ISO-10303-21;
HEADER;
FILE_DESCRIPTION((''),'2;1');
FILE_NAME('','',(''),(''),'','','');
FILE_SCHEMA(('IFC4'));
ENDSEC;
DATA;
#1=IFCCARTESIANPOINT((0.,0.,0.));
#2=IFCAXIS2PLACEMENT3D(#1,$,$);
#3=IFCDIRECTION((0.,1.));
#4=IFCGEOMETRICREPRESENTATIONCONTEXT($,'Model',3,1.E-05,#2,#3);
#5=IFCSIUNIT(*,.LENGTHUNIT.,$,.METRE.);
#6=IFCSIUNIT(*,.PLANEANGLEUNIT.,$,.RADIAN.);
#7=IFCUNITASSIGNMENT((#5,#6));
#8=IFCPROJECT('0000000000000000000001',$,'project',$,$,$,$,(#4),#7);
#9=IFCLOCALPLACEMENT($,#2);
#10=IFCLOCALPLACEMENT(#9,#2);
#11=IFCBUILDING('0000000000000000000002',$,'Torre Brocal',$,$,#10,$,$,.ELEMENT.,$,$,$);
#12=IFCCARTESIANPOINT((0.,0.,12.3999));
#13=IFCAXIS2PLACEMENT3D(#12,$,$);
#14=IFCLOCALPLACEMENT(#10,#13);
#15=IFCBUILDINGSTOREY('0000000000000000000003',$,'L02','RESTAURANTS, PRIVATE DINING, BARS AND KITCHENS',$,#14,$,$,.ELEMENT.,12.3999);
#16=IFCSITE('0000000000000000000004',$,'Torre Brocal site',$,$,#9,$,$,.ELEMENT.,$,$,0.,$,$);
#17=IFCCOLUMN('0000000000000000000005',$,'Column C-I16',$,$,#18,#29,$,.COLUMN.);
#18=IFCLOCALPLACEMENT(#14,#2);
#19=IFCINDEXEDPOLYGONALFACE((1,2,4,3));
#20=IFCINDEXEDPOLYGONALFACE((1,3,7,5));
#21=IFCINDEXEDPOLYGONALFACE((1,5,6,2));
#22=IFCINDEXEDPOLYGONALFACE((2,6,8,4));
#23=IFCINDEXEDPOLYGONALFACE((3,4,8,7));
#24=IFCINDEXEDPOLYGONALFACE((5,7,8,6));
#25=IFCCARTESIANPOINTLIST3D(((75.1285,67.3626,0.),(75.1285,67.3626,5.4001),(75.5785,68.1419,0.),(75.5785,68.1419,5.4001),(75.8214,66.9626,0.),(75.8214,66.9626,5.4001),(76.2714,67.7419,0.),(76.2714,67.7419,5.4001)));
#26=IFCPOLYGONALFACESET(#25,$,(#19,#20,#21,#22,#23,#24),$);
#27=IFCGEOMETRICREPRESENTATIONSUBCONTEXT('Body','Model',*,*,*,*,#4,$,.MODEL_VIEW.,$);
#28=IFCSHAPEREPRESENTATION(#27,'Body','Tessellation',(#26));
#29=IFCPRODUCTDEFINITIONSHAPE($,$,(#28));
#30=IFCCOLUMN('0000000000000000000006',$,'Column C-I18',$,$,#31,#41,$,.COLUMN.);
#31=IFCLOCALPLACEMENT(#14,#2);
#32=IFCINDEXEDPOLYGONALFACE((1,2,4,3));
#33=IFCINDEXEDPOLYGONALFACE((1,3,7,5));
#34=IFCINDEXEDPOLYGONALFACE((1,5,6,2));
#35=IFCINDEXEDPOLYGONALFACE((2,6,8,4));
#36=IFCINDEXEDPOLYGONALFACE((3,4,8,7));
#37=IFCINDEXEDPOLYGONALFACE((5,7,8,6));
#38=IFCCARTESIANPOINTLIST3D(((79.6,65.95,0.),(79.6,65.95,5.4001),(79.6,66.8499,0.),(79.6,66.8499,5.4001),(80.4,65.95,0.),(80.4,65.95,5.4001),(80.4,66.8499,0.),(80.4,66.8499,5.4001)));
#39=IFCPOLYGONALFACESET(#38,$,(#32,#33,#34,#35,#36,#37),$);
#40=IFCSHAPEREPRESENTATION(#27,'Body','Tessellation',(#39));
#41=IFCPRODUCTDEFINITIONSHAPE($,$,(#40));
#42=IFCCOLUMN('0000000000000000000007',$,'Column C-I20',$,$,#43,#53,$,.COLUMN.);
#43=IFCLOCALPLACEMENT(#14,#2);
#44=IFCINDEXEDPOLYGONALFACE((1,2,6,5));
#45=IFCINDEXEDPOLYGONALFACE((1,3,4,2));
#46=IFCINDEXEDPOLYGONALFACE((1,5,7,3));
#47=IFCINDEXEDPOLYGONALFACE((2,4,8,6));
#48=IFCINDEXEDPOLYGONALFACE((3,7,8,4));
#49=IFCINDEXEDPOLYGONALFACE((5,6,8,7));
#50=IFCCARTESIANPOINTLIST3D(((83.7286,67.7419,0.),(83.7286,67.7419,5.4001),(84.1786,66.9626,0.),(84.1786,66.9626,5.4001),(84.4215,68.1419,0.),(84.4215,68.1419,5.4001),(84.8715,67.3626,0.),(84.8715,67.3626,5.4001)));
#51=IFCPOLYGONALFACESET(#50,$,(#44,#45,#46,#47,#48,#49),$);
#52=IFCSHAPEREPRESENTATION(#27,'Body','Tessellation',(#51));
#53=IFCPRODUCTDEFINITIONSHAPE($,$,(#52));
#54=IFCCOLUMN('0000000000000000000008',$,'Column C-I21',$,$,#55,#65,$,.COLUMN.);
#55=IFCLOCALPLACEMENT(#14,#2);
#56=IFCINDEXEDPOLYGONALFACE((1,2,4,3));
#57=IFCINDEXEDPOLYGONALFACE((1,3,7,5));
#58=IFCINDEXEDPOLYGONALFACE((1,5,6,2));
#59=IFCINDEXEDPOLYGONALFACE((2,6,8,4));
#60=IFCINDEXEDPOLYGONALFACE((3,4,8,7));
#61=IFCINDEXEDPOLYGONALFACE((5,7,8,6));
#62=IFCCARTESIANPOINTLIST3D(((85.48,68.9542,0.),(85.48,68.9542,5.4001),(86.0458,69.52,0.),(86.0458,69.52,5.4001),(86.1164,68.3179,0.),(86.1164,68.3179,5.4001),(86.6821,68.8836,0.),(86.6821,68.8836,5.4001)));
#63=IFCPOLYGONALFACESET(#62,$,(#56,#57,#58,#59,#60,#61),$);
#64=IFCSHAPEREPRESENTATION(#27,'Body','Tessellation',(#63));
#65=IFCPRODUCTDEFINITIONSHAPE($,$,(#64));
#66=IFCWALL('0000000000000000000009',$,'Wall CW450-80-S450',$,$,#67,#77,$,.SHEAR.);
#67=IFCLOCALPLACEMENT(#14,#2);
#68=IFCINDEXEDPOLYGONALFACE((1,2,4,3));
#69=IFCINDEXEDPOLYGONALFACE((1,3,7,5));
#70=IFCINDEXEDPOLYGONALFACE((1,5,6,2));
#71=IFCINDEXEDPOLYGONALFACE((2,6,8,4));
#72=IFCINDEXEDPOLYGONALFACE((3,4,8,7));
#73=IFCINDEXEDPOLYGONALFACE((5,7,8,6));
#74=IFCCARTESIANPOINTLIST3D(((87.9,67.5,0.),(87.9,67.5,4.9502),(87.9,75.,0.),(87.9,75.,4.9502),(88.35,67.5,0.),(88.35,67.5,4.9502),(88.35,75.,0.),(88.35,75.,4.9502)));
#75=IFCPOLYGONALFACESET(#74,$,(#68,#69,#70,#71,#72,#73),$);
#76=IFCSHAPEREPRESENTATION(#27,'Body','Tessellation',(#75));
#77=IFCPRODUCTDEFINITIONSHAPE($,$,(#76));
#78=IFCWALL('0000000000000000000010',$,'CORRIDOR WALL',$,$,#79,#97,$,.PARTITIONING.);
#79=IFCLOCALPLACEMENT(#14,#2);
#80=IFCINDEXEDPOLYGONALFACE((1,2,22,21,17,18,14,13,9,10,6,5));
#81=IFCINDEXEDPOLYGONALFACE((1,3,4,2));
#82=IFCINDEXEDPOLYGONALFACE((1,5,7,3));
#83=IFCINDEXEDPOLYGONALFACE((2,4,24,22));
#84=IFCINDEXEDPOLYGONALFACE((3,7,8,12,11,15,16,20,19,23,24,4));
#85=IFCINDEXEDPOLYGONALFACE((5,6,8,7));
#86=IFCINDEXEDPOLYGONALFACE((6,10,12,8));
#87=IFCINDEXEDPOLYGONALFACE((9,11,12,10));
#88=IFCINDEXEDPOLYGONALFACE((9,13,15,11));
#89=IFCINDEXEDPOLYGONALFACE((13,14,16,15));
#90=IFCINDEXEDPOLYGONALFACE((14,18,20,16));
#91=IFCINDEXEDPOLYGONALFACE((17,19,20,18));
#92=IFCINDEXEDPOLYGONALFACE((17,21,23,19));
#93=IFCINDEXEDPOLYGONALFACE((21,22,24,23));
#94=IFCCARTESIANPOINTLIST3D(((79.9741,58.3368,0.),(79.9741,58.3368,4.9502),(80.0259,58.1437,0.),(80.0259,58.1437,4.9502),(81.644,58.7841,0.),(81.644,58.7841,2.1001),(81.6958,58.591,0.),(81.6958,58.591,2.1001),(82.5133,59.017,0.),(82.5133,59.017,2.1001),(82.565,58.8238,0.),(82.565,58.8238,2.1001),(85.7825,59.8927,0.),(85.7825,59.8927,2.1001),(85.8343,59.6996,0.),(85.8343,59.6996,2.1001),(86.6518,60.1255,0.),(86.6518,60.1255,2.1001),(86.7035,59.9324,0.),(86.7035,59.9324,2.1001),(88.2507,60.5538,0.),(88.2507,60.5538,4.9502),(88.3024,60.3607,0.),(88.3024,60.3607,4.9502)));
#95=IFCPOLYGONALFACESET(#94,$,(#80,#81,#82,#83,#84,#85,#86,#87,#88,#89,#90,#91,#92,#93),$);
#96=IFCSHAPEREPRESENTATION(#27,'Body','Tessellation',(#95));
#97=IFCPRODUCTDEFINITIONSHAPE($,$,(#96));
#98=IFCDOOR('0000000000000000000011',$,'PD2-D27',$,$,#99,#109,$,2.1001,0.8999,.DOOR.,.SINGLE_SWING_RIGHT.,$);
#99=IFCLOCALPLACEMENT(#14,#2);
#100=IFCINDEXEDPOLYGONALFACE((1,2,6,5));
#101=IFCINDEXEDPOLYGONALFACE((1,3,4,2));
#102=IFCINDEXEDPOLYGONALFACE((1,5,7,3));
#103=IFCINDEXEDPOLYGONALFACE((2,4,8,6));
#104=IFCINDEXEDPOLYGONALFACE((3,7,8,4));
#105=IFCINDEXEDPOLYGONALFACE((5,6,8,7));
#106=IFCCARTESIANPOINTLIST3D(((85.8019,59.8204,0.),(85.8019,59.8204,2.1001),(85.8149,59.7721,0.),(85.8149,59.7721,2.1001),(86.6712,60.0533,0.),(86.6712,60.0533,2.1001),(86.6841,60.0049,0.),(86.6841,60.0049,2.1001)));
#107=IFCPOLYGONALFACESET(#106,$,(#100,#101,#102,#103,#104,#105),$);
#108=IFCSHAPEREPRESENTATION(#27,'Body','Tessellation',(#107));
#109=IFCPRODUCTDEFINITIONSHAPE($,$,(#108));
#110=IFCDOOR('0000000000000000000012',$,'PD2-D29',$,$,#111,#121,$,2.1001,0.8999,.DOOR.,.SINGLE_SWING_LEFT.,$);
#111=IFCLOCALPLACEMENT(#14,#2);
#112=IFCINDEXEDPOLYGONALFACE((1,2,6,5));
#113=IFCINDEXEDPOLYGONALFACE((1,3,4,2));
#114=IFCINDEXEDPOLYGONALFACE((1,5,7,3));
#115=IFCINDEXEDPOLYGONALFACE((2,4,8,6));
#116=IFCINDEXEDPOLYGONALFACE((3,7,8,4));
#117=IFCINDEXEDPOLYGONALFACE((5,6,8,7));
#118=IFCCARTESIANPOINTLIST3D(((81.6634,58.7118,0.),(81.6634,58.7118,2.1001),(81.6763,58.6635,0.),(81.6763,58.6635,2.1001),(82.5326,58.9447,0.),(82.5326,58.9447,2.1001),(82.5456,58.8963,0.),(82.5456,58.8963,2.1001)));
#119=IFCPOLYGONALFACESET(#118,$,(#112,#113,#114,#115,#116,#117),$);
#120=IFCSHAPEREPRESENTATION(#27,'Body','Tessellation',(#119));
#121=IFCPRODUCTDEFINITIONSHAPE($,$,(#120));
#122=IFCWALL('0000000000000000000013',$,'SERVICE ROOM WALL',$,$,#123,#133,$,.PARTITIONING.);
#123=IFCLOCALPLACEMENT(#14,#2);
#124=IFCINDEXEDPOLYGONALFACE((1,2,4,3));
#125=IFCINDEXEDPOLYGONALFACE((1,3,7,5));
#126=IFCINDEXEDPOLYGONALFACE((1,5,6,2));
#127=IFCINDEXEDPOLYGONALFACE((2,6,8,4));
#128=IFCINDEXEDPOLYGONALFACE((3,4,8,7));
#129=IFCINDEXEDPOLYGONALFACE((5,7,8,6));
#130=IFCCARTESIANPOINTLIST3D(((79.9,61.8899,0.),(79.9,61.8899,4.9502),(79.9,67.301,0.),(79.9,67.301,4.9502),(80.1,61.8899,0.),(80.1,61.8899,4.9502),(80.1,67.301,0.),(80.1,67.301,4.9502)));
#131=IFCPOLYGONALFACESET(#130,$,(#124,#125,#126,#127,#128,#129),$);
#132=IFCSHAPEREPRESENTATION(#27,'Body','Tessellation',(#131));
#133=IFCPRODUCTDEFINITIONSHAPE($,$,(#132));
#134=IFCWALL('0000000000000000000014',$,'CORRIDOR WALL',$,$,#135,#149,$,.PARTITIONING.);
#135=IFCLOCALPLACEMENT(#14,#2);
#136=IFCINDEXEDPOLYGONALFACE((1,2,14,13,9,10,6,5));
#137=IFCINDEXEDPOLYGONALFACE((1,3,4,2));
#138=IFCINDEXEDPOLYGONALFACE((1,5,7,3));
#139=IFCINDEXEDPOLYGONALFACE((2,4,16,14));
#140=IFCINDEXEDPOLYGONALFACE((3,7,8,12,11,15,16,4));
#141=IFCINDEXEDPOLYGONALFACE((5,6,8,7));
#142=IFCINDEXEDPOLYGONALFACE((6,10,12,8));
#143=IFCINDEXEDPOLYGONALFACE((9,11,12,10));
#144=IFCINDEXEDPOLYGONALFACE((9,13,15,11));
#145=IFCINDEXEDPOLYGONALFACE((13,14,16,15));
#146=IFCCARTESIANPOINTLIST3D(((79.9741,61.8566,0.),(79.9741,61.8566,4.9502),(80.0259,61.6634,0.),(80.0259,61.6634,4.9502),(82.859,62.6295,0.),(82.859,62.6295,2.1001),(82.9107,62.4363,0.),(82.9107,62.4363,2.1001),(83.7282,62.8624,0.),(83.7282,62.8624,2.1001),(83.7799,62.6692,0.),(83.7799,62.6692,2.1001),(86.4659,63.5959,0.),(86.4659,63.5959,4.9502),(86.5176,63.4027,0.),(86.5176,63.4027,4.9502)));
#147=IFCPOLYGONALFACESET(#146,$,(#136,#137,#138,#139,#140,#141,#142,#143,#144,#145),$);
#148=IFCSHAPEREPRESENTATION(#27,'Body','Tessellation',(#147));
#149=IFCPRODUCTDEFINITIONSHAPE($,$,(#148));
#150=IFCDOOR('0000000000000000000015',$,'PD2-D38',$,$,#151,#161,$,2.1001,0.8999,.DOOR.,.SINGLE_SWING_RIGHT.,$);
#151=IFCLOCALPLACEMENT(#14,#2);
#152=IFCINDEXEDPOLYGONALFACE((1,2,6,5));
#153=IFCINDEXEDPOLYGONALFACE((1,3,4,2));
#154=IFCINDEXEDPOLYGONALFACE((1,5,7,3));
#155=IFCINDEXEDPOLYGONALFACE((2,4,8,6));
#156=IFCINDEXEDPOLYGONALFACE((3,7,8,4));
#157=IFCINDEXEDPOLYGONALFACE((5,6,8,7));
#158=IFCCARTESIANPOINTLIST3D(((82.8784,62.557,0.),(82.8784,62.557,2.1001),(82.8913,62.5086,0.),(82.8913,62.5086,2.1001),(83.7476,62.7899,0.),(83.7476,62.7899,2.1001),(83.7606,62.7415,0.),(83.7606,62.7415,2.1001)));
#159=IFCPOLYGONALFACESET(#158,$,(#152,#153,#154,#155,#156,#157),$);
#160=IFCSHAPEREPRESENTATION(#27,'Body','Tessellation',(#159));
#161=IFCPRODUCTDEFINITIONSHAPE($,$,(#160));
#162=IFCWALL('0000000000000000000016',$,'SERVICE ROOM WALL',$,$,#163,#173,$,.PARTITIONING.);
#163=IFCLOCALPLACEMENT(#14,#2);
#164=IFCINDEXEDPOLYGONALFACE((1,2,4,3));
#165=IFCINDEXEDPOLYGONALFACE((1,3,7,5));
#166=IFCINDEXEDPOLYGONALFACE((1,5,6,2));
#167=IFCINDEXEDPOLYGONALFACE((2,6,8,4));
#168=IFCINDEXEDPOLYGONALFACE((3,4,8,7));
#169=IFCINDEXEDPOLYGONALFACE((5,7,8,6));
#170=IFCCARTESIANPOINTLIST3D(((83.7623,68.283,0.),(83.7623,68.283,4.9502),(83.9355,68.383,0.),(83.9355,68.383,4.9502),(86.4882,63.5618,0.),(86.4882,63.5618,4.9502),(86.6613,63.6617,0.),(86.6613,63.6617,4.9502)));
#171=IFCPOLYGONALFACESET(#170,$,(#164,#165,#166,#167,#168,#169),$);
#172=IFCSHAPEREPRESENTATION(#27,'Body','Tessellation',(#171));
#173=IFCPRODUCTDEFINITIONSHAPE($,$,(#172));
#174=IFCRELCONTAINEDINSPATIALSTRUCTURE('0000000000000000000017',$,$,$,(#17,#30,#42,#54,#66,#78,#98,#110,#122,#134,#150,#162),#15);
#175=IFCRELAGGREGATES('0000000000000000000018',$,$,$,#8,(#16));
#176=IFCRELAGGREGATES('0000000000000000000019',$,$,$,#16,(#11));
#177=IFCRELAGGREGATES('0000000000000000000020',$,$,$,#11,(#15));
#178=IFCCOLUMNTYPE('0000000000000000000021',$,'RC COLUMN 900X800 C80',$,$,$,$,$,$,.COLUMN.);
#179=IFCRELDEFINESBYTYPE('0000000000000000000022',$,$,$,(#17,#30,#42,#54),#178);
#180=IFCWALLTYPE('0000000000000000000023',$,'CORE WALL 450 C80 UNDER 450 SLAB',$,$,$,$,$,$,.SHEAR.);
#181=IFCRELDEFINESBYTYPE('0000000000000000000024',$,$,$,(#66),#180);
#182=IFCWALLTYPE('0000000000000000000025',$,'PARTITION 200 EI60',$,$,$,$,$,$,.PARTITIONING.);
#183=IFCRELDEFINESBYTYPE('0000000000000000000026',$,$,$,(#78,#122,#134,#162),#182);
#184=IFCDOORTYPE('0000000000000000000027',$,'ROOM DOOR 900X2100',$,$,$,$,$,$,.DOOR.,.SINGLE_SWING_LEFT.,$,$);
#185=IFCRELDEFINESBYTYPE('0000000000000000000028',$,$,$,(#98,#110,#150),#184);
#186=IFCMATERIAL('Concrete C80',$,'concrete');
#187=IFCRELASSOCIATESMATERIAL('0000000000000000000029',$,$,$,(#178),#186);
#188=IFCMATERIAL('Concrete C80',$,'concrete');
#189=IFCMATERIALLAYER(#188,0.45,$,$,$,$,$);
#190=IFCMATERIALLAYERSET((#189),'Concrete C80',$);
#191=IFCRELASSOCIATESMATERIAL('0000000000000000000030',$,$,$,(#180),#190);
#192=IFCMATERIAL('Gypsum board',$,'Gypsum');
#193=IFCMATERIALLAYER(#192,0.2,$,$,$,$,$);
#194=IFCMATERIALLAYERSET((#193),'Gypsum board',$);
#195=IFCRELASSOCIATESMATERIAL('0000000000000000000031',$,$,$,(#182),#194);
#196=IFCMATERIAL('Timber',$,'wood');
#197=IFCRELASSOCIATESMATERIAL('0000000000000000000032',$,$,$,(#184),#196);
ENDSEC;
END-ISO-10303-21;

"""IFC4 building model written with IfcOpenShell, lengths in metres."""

from ifc_helpers import new_model, si_unit, direction, frame, frame_2d, origin, origin_2d, place, context, subcontext, project, spatial, rectangle, extrude, material, layer, layer_set, material_profile, profile_set, type_object, element, fill, save


model = new_model("IFC4")

# Units and contexts
model_context = context("Model", 3, precision=1e-05, world=origin(), true_north=direction((0.0, 1.0)))
body_context = subcontext(model_context, "Body", "Model", "MODEL_VIEW")
ifc_project = project(units=[si_unit("LENGTHUNIT", "METRE"), si_unit("PLANEANGLEUNIT", "RADIAN")], contexts=[model_context])

# Site, building, storey
site_placement = place(None, origin())
site = spatial("IfcSite", under=ifc_project, at=site_placement, Name="Torre Brocal site", CompositionType="ELEMENT", RefElevation=0.0)
building_placement = place(site_placement, origin())
building = spatial("IfcBuilding", under=site, at=building_placement, Name="Torre Brocal", CompositionType="ELEMENT")
storey_placement = place(building_placement, frame((0.0, 0.0, 12.3999)))
storey = spatial("IfcBuildingStorey", under=building, at=storey_placement, Name="L02", Description="RESTAURANTS, PRIVATE DINING, BARS AND KITCHENS", CompositionType="ELEMENT", Elevation=12.3999)

# Columns
ifc_material_1 = material(Name="Concrete C80", Category="concrete")
ifc_material_profile = material_profile(ifc_material_1, rectangle(XDim=0.8999, YDim=0.8, at=origin_2d()), Name="RC 900X800")
ifc_profile_set = profile_set([ifc_material_profile], Name="Concrete C80")
column_type = type_object("IfcColumnType", Name="RC COLUMN 900X800 C80", PredefinedType="COLUMN", material=ifc_profile_set)
for number, where, z_axis, x_axis, name in (
    (1, (75.7, 67.5522, 0.0), (0.0, 0.0, 1.0), (-0.5, -0.866025, 0.0), "Column C-I16"),
    (2, (80.0, 66.3999, 0.0), (0.0, 0.0, 1.0), (0.0, -1.0, 0.0), "Column C-I18"),
    (3, (84.3, 67.5522, 0.0), (0.0, 0.0, 1.0), (0.5, -0.866025, 0.0), "Column C-I20"),
    (4, (86.0811, 68.9189, 0.0), (0.0, 0.0, 1.0), (0.707107, -0.707107, 0.0), "Column C-I21"),
):
    element("IfcColumn", number, at=place(storey_placement, frame(where, z_axis=z_axis, x_axis=x_axis)), inside=storey, type_object=column_type, Name=name, PredefinedType="COLUMN", context=body_context, shape_type="SweptSolid", body=[
        extrude(rectangle(XDim=0.8999, YDim=0.8, at=origin_2d()), origin(), (0.0, 0.0, 1.0), 5.4001),
    ])

# Wall
ifc_material_2 = material(Name="Concrete C80", Category="concrete")
ifc_layer_1 = layer(ifc_material_2, 0.45)
ifc_layer_set_1 = layer_set([ifc_layer_1], Name="Concrete C80")
wall_type_1 = type_object("IfcWallType", Name="CORE WALL 450 C80 UNDER 450 SLAB", PredefinedType="SHEAR", material=ifc_layer_set_1)
wall_1_placement = place(storey_placement, frame((88.125, 67.5, 0.0), z_axis=(0.0, 0.0, 1.0), x_axis=(0.0, 1.0, 0.0)))
element("IfcWall", 5, at=wall_1_placement, inside=storey, type_object=wall_type_1, Name="Wall CW450-80-S450", PredefinedType="SHEAR", context=body_context, shape_type="SweptSolid", body=[
    extrude(rectangle(XDim=7.5, YDim=0.45, at=frame_2d((3.75, 0.0))), origin(), (0.0, 0.0, 1.0), 4.9502),
])

# Wall, openings, doors
ifc_material_3 = material(Name="Gypsum board", Category="Gypsum")
ifc_layer_2 = layer(ifc_material_3, 0.2)
ifc_layer_set_2 = layer_set([ifc_layer_2], Name="Gypsum board")
wall_type_2 = type_object("IfcWallType", Name="PARTITION 200 EI60", PredefinedType="PARTITIONING", material=ifc_layer_set_2)
wall_2_placement = place(storey_placement, frame((80.0, 58.2402, 0.0), z_axis=(0.0, 0.0, 1.0), x_axis=(0.965945, 0.258746, 0.0)))
wall_2 = element("IfcWall", 6, at=wall_2_placement, inside=storey, type_object=wall_type_2, Name="CORRIDOR WALL", PredefinedType="PARTITIONING", context=body_context, shape_type="SweptSolid", body=[
    extrude(rectangle(XDim=8.5684, YDim=0.2, at=frame_2d((4.2842, 0.0))), origin(), (0.0, 0.0, 1.0), 4.9502),
])
opening_1_placement = place(wall_2_placement, frame((6.0132, 0.0, 0.0)))
opening_1 = element("IfcOpeningElement", 7, at=opening_1_placement, cuts=wall_2, PredefinedType="OPENING", context=body_context, shape_type="SweptSolid", body=[
    extrude(rectangle(XDim=0.8999, YDim=2.1001, at=frame_2d((0.45, 1.05))), frame((0.0, 0.1099, 0.0), z_axis=(0.0, -1.0, 0.0), x_axis=(1.0, 0.0, 0.0)), (0.0, 0.0, 1.0), 0.22),
])
opening_2_placement = place(wall_2_placement, frame((1.7288, 0.0, 0.0)))
opening_2 = element("IfcOpeningElement", 8, at=opening_2_placement, cuts=wall_2, PredefinedType="OPENING", context=body_context, shape_type="SweptSolid", body=[
    extrude(rectangle(XDim=0.8999, YDim=2.1001, at=frame_2d((0.45, 1.05))), frame((0.0, 0.1099, 0.0), z_axis=(0.0, -1.0, 0.0), x_axis=(1.0, 0.0, 0.0)), (0.0, 0.0, 1.0), 0.22),
])
ifc_material_4 = material(Name="Timber", Category="wood")
door_type_1 = type_object("IfcDoorType", Name="ROOM DOOR 900X2100", OperationType="SINGLE_SWING_LEFT", PredefinedType="DOOR", material=ifc_material_4)
door_1_placement = place(opening_1_placement, frame((0.8999, 0.0, 0.0), z_axis=(0.0, 0.0, 1.0), x_axis=(-1.0, 0.0, 0.0)))
door_1 = element("IfcDoor", 9, at=door_1_placement, inside=storey, type_object=door_type_1, Name="PD2-D27", OperationType="SINGLE_SWING_RIGHT", OverallHeight=2.1001, OverallWidth=0.8999, PredefinedType="DOOR", context=body_context, shape_type="SweptSolid", body=[
    extrude(rectangle(XDim=0.8999, YDim=2.1001, at=frame_2d((0.45, 1.05))), frame((0.0, 0.0249, 0.0), z_axis=(0.0, -1.0, 0.0), x_axis=(1.0, 0.0, 0.0)), (0.0, 0.0, 1.0), 0.05),
])
fill(opening_1, door_1)
door_2_placement = place(opening_2_placement, frame((0.8999, 0.0, 0.0), z_axis=(0.0, 0.0, 1.0), x_axis=(-1.0, 0.0, 0.0)))
door_2 = element("IfcDoor", 10, at=door_2_placement, inside=storey, type_object=door_type_1, Name="PD2-D29", OperationType="SINGLE_SWING_LEFT", OverallHeight=2.1001, OverallWidth=0.8999, PredefinedType="DOOR", context=body_context, shape_type="SweptSolid", body=[
    extrude(rectangle(XDim=0.8999, YDim=2.1001, at=frame_2d((0.45, 1.05))), frame((0.0, 0.0249, 0.0), z_axis=(0.0, -1.0, 0.0), x_axis=(1.0, 0.0, 0.0)), (0.0, 0.0, 1.0), 0.05),
])
fill(opening_2, door_2)

# Wall
wall_3_placement = place(storey_placement, frame((80.0, 61.8899, 0.0), z_axis=(0.0, 0.0, 1.0), x_axis=(0.0, 1.0, 0.0)))
element("IfcWall", 11, at=wall_3_placement, inside=storey, type_object=wall_type_2, Name="SERVICE ROOM WALL", PredefinedType="PARTITIONING", context=body_context, shape_type="SweptSolid", body=[
    extrude(rectangle(XDim=5.4111, YDim=0.2, at=frame_2d((2.7056, 0.0))), origin(), (0.0, 0.0, 1.0), 4.9502),
])

# Wall, opening, door
wall_4_placement = place(storey_placement, frame((80.0, 61.76, 0.0), z_axis=(0.0, 0.0, 1.0), x_axis=(0.965933, 0.258793, 0.0)))
wall_4 = element("IfcWall", 12, at=wall_4_placement, inside=storey, type_object=wall_type_2, Name="CORRIDOR WALL", PredefinedType="PARTITIONING", context=body_context, shape_type="SweptSolid", body=[
    extrude(rectangle(XDim=6.7207, YDim=0.2, at=frame_2d((3.3604, 0.0))), origin(), (0.0, 0.0, 1.0), 4.9502),
])
opening_3_placement = place(wall_4_placement, frame((2.9866, 0.0, 0.0)))
opening_3 = element("IfcOpeningElement", 13, at=opening_3_placement, cuts=wall_4, PredefinedType="OPENING", context=body_context, shape_type="SweptSolid", body=[
    extrude(rectangle(XDim=0.8999, YDim=2.1001, at=frame_2d((0.45, 1.05))), frame((0.0, 0.1099, 0.0), z_axis=(0.0, -1.0, 0.0), x_axis=(1.0, 0.0, 0.0)), (0.0, 0.0, 1.0), 0.22),
])
door_3_placement = place(opening_3_placement, origin())
door_3 = element("IfcDoor", 14, at=door_3_placement, inside=storey, type_object=door_type_1, Name="PD2-D38", OperationType="SINGLE_SWING_RIGHT", OverallHeight=2.1001, OverallWidth=0.8999, PredefinedType="DOOR", context=body_context, shape_type="SweptSolid", body=[
    extrude(rectangle(XDim=0.8999, YDim=2.1001, at=frame_2d((0.45, 1.05))), frame((0.0, 0.0249, 0.0), z_axis=(0.0, -1.0, 0.0), x_axis=(1.0, 0.0, 0.0)), (0.0, 0.0, 1.0), 0.05),
])
fill(opening_3, door_3)

# Wall
wall_5_placement = place(storey_placement, frame((83.8489, 68.333, 0.0), z_axis=(0.0, 0.0, 1.0), x_axis=(0.500007, -0.866022, 0.0)))
element("IfcWall", 15, at=wall_5_placement, inside=storey, type_object=wall_type_2, Name="SERVICE ROOM WALL", PredefinedType="PARTITIONING", context=body_context, shape_type="SweptSolid", body=[
    extrude(rectangle(XDim=5.4517, YDim=0.2, at=frame_2d((2.7258, 0.0))), origin(), (0.0, 0.0, 1.0), 4.9502),
])

save(model, "model.ifc")
